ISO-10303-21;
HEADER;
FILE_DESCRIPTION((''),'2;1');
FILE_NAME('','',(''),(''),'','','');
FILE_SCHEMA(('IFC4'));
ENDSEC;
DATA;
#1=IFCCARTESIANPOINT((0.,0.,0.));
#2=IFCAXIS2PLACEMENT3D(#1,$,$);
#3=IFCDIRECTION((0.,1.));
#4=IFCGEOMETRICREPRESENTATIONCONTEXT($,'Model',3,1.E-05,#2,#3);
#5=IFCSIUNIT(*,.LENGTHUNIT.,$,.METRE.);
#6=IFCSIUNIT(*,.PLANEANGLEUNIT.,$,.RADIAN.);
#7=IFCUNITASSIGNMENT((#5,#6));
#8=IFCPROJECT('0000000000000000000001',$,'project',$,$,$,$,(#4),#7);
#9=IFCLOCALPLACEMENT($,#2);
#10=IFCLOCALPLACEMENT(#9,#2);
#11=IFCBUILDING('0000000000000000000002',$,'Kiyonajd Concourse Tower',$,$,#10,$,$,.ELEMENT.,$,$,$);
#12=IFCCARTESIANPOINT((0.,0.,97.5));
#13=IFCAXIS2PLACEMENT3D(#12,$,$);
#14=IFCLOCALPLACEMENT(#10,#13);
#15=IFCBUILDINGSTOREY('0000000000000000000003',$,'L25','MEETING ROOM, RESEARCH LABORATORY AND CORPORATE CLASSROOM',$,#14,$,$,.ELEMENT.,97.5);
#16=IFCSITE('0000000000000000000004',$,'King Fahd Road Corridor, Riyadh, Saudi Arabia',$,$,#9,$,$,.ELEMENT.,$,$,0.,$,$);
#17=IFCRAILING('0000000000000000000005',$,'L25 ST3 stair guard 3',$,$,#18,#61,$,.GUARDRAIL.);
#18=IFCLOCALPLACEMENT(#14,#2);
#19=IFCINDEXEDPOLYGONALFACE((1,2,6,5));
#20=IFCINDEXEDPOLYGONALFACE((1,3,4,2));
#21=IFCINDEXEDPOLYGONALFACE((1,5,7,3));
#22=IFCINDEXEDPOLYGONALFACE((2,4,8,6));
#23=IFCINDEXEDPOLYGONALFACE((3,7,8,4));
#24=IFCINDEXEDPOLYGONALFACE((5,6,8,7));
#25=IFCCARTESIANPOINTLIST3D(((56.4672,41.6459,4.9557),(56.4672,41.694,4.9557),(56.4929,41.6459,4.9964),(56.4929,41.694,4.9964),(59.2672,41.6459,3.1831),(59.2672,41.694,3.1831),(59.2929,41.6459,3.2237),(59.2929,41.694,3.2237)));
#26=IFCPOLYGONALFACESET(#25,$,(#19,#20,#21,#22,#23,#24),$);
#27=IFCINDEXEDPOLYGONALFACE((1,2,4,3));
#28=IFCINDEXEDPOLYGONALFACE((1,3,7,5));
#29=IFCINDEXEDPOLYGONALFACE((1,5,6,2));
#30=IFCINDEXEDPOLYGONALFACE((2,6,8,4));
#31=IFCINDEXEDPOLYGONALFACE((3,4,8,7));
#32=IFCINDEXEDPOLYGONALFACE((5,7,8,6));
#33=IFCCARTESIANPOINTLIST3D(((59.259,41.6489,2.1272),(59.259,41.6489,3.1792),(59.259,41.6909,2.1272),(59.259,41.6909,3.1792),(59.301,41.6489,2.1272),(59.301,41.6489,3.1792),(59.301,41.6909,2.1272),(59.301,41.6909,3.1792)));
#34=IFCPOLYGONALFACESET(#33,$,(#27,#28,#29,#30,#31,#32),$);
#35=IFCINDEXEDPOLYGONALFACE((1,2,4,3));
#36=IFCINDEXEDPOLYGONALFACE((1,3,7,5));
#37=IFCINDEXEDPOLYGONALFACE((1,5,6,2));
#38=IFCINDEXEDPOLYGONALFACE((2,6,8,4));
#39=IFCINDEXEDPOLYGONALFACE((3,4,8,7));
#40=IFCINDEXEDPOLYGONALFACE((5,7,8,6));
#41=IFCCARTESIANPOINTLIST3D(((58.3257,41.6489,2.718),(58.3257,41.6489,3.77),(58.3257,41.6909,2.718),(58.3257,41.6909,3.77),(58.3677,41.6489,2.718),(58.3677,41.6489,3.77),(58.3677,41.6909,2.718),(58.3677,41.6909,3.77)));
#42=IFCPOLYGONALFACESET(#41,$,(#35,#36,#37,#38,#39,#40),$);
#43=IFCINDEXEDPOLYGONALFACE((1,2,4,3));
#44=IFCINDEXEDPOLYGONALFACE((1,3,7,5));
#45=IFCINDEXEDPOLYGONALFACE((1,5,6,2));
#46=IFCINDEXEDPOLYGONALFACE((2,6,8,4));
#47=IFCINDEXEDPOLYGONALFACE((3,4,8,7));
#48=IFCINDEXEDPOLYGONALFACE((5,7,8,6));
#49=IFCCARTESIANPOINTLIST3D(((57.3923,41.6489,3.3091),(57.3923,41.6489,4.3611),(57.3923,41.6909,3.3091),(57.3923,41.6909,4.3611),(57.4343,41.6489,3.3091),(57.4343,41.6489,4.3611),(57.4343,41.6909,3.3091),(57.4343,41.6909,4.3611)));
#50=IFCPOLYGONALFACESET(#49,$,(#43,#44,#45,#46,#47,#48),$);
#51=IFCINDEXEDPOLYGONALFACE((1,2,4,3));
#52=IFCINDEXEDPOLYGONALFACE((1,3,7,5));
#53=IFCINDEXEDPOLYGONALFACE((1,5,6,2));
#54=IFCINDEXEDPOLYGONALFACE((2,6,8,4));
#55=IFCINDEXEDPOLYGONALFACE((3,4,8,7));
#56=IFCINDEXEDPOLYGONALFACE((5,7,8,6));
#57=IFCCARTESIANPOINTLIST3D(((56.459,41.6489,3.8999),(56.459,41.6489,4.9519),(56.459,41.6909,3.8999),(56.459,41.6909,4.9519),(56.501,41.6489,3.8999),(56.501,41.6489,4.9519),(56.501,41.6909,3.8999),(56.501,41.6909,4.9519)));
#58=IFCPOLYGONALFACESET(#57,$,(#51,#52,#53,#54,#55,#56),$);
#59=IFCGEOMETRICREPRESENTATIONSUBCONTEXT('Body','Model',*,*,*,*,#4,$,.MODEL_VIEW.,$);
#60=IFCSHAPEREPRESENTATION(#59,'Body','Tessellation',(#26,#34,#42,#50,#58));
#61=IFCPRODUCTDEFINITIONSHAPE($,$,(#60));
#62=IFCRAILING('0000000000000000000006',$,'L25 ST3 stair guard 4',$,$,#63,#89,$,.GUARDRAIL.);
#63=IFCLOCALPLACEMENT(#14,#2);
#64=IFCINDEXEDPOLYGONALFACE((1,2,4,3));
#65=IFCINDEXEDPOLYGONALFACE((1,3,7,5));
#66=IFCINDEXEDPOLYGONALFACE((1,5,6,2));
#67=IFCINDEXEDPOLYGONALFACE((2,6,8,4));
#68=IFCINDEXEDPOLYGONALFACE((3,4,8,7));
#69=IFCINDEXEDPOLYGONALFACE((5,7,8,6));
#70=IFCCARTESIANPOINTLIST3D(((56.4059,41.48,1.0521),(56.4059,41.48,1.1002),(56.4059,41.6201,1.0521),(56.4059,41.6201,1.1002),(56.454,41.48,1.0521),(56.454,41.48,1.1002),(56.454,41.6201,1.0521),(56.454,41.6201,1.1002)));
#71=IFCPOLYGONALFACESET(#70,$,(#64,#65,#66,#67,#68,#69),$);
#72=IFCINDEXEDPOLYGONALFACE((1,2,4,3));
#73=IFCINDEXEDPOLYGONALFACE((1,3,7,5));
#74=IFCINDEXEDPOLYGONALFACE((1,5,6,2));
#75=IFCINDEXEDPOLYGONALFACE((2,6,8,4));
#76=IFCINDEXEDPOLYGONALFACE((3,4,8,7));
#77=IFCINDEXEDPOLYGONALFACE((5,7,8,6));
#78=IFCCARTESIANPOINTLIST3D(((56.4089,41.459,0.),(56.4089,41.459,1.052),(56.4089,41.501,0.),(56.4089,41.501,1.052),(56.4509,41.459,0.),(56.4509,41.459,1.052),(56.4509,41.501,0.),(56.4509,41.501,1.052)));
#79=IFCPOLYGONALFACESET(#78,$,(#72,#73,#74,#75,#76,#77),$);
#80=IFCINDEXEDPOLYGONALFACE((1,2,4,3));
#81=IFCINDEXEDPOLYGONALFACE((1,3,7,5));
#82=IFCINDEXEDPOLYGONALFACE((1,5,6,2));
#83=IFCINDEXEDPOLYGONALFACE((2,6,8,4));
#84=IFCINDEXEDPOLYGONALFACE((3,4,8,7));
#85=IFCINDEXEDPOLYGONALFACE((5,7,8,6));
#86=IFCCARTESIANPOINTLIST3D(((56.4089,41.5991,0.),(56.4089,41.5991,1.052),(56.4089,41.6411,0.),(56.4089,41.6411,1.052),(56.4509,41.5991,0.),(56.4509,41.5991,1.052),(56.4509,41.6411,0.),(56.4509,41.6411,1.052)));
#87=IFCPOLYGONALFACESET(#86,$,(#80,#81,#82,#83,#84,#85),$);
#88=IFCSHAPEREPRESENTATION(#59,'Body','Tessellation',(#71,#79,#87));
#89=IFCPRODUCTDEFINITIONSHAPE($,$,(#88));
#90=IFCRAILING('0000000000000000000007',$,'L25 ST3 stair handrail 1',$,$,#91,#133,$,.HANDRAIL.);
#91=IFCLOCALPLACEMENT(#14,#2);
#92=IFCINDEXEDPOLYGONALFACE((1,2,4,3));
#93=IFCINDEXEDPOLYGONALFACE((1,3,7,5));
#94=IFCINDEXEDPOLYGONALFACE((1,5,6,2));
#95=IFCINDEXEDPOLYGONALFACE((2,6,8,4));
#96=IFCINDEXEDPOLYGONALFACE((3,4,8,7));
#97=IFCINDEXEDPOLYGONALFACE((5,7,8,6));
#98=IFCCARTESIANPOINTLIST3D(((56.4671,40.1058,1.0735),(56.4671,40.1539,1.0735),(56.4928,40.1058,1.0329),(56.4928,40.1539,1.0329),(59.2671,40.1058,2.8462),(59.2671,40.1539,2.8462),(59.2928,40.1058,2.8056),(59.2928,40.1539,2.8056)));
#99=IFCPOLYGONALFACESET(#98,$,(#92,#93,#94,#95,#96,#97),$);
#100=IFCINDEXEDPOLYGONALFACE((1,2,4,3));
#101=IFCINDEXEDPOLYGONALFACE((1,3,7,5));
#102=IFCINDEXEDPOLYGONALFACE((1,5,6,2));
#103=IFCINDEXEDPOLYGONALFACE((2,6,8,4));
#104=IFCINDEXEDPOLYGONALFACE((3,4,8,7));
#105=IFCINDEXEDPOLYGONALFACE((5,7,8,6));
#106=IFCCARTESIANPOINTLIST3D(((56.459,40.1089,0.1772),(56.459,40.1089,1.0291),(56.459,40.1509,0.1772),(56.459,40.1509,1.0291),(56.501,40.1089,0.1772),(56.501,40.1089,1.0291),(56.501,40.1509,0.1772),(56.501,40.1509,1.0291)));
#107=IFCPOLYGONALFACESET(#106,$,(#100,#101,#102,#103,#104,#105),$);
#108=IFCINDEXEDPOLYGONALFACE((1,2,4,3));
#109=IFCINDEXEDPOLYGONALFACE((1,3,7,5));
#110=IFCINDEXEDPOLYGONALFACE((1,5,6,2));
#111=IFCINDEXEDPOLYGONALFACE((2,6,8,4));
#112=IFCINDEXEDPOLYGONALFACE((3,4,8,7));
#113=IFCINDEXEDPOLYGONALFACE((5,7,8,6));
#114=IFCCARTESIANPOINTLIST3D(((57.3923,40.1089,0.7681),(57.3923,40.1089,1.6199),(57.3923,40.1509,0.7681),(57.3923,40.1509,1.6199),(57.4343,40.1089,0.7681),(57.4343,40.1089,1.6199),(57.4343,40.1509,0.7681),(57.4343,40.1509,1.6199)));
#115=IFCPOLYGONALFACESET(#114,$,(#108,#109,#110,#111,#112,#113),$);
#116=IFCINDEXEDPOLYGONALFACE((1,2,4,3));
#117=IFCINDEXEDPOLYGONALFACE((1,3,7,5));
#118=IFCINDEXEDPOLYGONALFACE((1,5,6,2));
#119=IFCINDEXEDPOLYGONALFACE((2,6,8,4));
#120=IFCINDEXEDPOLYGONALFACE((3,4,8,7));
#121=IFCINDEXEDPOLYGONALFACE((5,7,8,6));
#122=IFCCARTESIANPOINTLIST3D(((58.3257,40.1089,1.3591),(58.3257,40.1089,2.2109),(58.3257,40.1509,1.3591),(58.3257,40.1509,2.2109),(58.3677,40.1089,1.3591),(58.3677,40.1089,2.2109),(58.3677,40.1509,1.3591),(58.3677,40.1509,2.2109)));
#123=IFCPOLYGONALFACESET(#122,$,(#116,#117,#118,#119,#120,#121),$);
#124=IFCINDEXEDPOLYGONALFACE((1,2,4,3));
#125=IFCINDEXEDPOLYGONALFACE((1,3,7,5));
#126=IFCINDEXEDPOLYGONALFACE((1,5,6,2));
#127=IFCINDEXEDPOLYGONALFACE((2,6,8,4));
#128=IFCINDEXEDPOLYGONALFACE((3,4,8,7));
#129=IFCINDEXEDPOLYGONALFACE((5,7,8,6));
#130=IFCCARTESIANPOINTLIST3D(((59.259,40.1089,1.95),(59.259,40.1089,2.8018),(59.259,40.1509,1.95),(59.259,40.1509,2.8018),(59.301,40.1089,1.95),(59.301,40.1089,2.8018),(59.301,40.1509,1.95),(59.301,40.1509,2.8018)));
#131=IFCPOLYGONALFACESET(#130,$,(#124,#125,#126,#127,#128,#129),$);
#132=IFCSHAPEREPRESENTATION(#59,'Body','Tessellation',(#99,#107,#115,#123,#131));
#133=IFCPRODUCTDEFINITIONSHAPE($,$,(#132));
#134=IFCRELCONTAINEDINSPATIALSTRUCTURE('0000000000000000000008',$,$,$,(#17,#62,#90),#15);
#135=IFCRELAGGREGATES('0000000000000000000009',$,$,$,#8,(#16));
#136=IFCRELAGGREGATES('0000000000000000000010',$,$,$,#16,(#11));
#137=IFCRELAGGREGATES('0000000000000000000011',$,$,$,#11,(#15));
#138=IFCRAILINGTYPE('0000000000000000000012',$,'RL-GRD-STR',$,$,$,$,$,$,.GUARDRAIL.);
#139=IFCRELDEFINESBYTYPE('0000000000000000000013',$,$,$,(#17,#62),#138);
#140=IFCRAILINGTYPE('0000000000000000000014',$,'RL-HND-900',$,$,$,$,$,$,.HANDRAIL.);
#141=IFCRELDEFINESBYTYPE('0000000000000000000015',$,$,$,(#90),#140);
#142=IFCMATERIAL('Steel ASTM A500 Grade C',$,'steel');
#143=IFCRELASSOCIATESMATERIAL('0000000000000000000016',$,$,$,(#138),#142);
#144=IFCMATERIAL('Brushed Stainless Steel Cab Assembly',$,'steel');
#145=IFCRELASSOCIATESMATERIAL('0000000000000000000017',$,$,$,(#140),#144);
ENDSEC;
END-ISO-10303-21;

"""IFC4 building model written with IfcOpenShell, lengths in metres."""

from ifc_helpers import new_model, si_unit, direction, frame, origin, origin_2d, place, context, subcontext, project, spatial, rectangle, extrude, material, type_object, element, save


model = new_model("IFC4")

# Units and contexts
model_context = context("Model", 3, precision=1e-05, world=origin(), true_north=direction((0.0, 1.0)))
body_context = subcontext(model_context, "Body", "Model", "MODEL_VIEW")
ifc_project = project(units=[si_unit("LENGTHUNIT", "METRE"), si_unit("PLANEANGLEUNIT", "RADIAN")], contexts=[model_context])

# Site, building, storey
site_placement = place(None, origin())
site = spatial("IfcSite", under=ifc_project, at=site_placement, Name="King Fahd Road Corridor, Riyadh, Saudi Arabia", CompositionType="ELEMENT", RefElevation=0.0)
building_placement = place(site_placement, origin())
building = spatial("IfcBuilding", under=site, at=building_placement, Name="Kiyonajd Concourse Tower", CompositionType="ELEMENT")
storey_placement = place(building_placement, frame((0.0, 0.0, 97.5)))
storey = spatial("IfcBuildingStorey", under=building, at=storey_placement, Name="L25", Description="MEETING ROOM, RESEARCH LABORATORY AND CORPORATE CLASSROOM", CompositionType="ELEMENT", Elevation=97.5)

# Shared definitions
ifc_material_1 = material(Name="Brushed Stainless Steel Cab Assembly", Category="steel")

# Railings
ifc_material_2 = material(Name="Steel ASTM A500 Grade C", Category="steel")
railing_type_1 = type_object("IfcRailingType", Name="RL-GRD-STR", PredefinedType="GUARDRAIL", material=ifc_material_2)
railing_1_placement = place(storey_placement, frame((59.28, 41.6699, 2.1272)))
element("IfcRailing", 1, at=railing_1_placement, inside=storey, type_object=railing_type_1, Name="L25 ST3 stair guard 3", PredefinedType="GUARDRAIL", context=body_context, shape_type="SweptSolid", body=[
    extrude(rectangle(XDim=0.0481, YDim=0.0481, at=origin_2d()), frame((0.0, 0.0, 1.0762), z_axis=(-0.844909, 0.0, 0.53491), x_axis=(0.0, -1.0, 0.0)), (0.0, 0.0, 1.0), 3.314),
    extrude(rectangle(XDim=0.042, YDim=0.042, at=origin_2d()), origin(), (0.0, 0.0, 1.0), 1.052),
    extrude(rectangle(XDim=0.042, YDim=0.042, at=origin_2d()), frame((-0.9333, 0.0, 0.5908)), (0.0, 0.0, 1.0), 1.052),
    extrude(rectangle(XDim=0.042, YDim=0.042, at=origin_2d()), frame((-1.8667, 0.0, 1.1819)), (0.0, 0.0, 1.0), 1.052),
    extrude(rectangle(XDim=0.042, YDim=0.042, at=origin_2d()), frame((-2.8, 0.0, 1.7727)), (0.0, 0.0, 1.0), 1.052),
])
railing_2_placement = place(storey_placement, frame((56.4299, 41.48, 0.0)))
element("IfcRailing", 2, at=railing_2_placement, inside=storey, type_object=railing_type_1, Name="L25 ST3 stair guard 4", PredefinedType="GUARDRAIL", context=body_context, shape_type="SweptSolid", body=[
    extrude(rectangle(XDim=0.0481, YDim=0.0481, at=origin_2d()), frame((0.0, 0.0, 1.0762), z_axis=(0.0, 1.0, 0.0), x_axis=(-1.0, 0.0, 0.0)), (0.0, 0.0, 1.0), 0.1401),
    extrude(rectangle(XDim=0.042, YDim=0.042, at=origin_2d()), origin(), (0.0, 0.0, 1.0), 1.052),
    extrude(rectangle(XDim=0.042, YDim=0.042, at=origin_2d()), frame((0.0, 0.1401, 0.0)), (0.0, 0.0, 1.0), 1.052),
])
railing_type_2 = type_object("IfcRailingType", Name="RL-HND-900", PredefinedType="HANDRAIL", material=ifc_material_1)
railing_3_placement = place(storey_placement, frame((56.48, 40.1299, 0.1772)))
element("IfcRailing", 3, at=railing_3_placement, inside=storey, type_object=railing_type_2, Name="L25 ST3 stair handrail 1", PredefinedType="HANDRAIL", context=body_context, shape_type="SweptSolid", body=[
    extrude(rectangle(XDim=0.0481, YDim=0.0481, at=origin_2d()), frame((0.0, 0.0, 0.876), z_axis=(0.844909, 0.0, 0.53491), x_axis=(0.0, 1.0, 0.0)), (0.0, 0.0, 1.0), 3.314),
    extrude(rectangle(XDim=0.042, YDim=0.042, at=origin_2d()), origin(), (0.0, 0.0, 1.0), 0.8518),
    extrude(rectangle(XDim=0.042, YDim=0.042, at=origin_2d()), frame((0.9333, 0.0, 0.5908)), (0.0, 0.0, 1.0), 0.8518),
    extrude(rectangle(XDim=0.042, YDim=0.042, at=origin_2d()), frame((1.8667, 0.0, 1.1819)), (0.0, 0.0, 1.0), 0.8518),
    extrude(rectangle(XDim=0.042, YDim=0.042, at=origin_2d()), frame((2.8, 0.0, 1.7727)), (0.0, 0.0, 1.0), 0.8518),
])

save(model, "model.ifc")
